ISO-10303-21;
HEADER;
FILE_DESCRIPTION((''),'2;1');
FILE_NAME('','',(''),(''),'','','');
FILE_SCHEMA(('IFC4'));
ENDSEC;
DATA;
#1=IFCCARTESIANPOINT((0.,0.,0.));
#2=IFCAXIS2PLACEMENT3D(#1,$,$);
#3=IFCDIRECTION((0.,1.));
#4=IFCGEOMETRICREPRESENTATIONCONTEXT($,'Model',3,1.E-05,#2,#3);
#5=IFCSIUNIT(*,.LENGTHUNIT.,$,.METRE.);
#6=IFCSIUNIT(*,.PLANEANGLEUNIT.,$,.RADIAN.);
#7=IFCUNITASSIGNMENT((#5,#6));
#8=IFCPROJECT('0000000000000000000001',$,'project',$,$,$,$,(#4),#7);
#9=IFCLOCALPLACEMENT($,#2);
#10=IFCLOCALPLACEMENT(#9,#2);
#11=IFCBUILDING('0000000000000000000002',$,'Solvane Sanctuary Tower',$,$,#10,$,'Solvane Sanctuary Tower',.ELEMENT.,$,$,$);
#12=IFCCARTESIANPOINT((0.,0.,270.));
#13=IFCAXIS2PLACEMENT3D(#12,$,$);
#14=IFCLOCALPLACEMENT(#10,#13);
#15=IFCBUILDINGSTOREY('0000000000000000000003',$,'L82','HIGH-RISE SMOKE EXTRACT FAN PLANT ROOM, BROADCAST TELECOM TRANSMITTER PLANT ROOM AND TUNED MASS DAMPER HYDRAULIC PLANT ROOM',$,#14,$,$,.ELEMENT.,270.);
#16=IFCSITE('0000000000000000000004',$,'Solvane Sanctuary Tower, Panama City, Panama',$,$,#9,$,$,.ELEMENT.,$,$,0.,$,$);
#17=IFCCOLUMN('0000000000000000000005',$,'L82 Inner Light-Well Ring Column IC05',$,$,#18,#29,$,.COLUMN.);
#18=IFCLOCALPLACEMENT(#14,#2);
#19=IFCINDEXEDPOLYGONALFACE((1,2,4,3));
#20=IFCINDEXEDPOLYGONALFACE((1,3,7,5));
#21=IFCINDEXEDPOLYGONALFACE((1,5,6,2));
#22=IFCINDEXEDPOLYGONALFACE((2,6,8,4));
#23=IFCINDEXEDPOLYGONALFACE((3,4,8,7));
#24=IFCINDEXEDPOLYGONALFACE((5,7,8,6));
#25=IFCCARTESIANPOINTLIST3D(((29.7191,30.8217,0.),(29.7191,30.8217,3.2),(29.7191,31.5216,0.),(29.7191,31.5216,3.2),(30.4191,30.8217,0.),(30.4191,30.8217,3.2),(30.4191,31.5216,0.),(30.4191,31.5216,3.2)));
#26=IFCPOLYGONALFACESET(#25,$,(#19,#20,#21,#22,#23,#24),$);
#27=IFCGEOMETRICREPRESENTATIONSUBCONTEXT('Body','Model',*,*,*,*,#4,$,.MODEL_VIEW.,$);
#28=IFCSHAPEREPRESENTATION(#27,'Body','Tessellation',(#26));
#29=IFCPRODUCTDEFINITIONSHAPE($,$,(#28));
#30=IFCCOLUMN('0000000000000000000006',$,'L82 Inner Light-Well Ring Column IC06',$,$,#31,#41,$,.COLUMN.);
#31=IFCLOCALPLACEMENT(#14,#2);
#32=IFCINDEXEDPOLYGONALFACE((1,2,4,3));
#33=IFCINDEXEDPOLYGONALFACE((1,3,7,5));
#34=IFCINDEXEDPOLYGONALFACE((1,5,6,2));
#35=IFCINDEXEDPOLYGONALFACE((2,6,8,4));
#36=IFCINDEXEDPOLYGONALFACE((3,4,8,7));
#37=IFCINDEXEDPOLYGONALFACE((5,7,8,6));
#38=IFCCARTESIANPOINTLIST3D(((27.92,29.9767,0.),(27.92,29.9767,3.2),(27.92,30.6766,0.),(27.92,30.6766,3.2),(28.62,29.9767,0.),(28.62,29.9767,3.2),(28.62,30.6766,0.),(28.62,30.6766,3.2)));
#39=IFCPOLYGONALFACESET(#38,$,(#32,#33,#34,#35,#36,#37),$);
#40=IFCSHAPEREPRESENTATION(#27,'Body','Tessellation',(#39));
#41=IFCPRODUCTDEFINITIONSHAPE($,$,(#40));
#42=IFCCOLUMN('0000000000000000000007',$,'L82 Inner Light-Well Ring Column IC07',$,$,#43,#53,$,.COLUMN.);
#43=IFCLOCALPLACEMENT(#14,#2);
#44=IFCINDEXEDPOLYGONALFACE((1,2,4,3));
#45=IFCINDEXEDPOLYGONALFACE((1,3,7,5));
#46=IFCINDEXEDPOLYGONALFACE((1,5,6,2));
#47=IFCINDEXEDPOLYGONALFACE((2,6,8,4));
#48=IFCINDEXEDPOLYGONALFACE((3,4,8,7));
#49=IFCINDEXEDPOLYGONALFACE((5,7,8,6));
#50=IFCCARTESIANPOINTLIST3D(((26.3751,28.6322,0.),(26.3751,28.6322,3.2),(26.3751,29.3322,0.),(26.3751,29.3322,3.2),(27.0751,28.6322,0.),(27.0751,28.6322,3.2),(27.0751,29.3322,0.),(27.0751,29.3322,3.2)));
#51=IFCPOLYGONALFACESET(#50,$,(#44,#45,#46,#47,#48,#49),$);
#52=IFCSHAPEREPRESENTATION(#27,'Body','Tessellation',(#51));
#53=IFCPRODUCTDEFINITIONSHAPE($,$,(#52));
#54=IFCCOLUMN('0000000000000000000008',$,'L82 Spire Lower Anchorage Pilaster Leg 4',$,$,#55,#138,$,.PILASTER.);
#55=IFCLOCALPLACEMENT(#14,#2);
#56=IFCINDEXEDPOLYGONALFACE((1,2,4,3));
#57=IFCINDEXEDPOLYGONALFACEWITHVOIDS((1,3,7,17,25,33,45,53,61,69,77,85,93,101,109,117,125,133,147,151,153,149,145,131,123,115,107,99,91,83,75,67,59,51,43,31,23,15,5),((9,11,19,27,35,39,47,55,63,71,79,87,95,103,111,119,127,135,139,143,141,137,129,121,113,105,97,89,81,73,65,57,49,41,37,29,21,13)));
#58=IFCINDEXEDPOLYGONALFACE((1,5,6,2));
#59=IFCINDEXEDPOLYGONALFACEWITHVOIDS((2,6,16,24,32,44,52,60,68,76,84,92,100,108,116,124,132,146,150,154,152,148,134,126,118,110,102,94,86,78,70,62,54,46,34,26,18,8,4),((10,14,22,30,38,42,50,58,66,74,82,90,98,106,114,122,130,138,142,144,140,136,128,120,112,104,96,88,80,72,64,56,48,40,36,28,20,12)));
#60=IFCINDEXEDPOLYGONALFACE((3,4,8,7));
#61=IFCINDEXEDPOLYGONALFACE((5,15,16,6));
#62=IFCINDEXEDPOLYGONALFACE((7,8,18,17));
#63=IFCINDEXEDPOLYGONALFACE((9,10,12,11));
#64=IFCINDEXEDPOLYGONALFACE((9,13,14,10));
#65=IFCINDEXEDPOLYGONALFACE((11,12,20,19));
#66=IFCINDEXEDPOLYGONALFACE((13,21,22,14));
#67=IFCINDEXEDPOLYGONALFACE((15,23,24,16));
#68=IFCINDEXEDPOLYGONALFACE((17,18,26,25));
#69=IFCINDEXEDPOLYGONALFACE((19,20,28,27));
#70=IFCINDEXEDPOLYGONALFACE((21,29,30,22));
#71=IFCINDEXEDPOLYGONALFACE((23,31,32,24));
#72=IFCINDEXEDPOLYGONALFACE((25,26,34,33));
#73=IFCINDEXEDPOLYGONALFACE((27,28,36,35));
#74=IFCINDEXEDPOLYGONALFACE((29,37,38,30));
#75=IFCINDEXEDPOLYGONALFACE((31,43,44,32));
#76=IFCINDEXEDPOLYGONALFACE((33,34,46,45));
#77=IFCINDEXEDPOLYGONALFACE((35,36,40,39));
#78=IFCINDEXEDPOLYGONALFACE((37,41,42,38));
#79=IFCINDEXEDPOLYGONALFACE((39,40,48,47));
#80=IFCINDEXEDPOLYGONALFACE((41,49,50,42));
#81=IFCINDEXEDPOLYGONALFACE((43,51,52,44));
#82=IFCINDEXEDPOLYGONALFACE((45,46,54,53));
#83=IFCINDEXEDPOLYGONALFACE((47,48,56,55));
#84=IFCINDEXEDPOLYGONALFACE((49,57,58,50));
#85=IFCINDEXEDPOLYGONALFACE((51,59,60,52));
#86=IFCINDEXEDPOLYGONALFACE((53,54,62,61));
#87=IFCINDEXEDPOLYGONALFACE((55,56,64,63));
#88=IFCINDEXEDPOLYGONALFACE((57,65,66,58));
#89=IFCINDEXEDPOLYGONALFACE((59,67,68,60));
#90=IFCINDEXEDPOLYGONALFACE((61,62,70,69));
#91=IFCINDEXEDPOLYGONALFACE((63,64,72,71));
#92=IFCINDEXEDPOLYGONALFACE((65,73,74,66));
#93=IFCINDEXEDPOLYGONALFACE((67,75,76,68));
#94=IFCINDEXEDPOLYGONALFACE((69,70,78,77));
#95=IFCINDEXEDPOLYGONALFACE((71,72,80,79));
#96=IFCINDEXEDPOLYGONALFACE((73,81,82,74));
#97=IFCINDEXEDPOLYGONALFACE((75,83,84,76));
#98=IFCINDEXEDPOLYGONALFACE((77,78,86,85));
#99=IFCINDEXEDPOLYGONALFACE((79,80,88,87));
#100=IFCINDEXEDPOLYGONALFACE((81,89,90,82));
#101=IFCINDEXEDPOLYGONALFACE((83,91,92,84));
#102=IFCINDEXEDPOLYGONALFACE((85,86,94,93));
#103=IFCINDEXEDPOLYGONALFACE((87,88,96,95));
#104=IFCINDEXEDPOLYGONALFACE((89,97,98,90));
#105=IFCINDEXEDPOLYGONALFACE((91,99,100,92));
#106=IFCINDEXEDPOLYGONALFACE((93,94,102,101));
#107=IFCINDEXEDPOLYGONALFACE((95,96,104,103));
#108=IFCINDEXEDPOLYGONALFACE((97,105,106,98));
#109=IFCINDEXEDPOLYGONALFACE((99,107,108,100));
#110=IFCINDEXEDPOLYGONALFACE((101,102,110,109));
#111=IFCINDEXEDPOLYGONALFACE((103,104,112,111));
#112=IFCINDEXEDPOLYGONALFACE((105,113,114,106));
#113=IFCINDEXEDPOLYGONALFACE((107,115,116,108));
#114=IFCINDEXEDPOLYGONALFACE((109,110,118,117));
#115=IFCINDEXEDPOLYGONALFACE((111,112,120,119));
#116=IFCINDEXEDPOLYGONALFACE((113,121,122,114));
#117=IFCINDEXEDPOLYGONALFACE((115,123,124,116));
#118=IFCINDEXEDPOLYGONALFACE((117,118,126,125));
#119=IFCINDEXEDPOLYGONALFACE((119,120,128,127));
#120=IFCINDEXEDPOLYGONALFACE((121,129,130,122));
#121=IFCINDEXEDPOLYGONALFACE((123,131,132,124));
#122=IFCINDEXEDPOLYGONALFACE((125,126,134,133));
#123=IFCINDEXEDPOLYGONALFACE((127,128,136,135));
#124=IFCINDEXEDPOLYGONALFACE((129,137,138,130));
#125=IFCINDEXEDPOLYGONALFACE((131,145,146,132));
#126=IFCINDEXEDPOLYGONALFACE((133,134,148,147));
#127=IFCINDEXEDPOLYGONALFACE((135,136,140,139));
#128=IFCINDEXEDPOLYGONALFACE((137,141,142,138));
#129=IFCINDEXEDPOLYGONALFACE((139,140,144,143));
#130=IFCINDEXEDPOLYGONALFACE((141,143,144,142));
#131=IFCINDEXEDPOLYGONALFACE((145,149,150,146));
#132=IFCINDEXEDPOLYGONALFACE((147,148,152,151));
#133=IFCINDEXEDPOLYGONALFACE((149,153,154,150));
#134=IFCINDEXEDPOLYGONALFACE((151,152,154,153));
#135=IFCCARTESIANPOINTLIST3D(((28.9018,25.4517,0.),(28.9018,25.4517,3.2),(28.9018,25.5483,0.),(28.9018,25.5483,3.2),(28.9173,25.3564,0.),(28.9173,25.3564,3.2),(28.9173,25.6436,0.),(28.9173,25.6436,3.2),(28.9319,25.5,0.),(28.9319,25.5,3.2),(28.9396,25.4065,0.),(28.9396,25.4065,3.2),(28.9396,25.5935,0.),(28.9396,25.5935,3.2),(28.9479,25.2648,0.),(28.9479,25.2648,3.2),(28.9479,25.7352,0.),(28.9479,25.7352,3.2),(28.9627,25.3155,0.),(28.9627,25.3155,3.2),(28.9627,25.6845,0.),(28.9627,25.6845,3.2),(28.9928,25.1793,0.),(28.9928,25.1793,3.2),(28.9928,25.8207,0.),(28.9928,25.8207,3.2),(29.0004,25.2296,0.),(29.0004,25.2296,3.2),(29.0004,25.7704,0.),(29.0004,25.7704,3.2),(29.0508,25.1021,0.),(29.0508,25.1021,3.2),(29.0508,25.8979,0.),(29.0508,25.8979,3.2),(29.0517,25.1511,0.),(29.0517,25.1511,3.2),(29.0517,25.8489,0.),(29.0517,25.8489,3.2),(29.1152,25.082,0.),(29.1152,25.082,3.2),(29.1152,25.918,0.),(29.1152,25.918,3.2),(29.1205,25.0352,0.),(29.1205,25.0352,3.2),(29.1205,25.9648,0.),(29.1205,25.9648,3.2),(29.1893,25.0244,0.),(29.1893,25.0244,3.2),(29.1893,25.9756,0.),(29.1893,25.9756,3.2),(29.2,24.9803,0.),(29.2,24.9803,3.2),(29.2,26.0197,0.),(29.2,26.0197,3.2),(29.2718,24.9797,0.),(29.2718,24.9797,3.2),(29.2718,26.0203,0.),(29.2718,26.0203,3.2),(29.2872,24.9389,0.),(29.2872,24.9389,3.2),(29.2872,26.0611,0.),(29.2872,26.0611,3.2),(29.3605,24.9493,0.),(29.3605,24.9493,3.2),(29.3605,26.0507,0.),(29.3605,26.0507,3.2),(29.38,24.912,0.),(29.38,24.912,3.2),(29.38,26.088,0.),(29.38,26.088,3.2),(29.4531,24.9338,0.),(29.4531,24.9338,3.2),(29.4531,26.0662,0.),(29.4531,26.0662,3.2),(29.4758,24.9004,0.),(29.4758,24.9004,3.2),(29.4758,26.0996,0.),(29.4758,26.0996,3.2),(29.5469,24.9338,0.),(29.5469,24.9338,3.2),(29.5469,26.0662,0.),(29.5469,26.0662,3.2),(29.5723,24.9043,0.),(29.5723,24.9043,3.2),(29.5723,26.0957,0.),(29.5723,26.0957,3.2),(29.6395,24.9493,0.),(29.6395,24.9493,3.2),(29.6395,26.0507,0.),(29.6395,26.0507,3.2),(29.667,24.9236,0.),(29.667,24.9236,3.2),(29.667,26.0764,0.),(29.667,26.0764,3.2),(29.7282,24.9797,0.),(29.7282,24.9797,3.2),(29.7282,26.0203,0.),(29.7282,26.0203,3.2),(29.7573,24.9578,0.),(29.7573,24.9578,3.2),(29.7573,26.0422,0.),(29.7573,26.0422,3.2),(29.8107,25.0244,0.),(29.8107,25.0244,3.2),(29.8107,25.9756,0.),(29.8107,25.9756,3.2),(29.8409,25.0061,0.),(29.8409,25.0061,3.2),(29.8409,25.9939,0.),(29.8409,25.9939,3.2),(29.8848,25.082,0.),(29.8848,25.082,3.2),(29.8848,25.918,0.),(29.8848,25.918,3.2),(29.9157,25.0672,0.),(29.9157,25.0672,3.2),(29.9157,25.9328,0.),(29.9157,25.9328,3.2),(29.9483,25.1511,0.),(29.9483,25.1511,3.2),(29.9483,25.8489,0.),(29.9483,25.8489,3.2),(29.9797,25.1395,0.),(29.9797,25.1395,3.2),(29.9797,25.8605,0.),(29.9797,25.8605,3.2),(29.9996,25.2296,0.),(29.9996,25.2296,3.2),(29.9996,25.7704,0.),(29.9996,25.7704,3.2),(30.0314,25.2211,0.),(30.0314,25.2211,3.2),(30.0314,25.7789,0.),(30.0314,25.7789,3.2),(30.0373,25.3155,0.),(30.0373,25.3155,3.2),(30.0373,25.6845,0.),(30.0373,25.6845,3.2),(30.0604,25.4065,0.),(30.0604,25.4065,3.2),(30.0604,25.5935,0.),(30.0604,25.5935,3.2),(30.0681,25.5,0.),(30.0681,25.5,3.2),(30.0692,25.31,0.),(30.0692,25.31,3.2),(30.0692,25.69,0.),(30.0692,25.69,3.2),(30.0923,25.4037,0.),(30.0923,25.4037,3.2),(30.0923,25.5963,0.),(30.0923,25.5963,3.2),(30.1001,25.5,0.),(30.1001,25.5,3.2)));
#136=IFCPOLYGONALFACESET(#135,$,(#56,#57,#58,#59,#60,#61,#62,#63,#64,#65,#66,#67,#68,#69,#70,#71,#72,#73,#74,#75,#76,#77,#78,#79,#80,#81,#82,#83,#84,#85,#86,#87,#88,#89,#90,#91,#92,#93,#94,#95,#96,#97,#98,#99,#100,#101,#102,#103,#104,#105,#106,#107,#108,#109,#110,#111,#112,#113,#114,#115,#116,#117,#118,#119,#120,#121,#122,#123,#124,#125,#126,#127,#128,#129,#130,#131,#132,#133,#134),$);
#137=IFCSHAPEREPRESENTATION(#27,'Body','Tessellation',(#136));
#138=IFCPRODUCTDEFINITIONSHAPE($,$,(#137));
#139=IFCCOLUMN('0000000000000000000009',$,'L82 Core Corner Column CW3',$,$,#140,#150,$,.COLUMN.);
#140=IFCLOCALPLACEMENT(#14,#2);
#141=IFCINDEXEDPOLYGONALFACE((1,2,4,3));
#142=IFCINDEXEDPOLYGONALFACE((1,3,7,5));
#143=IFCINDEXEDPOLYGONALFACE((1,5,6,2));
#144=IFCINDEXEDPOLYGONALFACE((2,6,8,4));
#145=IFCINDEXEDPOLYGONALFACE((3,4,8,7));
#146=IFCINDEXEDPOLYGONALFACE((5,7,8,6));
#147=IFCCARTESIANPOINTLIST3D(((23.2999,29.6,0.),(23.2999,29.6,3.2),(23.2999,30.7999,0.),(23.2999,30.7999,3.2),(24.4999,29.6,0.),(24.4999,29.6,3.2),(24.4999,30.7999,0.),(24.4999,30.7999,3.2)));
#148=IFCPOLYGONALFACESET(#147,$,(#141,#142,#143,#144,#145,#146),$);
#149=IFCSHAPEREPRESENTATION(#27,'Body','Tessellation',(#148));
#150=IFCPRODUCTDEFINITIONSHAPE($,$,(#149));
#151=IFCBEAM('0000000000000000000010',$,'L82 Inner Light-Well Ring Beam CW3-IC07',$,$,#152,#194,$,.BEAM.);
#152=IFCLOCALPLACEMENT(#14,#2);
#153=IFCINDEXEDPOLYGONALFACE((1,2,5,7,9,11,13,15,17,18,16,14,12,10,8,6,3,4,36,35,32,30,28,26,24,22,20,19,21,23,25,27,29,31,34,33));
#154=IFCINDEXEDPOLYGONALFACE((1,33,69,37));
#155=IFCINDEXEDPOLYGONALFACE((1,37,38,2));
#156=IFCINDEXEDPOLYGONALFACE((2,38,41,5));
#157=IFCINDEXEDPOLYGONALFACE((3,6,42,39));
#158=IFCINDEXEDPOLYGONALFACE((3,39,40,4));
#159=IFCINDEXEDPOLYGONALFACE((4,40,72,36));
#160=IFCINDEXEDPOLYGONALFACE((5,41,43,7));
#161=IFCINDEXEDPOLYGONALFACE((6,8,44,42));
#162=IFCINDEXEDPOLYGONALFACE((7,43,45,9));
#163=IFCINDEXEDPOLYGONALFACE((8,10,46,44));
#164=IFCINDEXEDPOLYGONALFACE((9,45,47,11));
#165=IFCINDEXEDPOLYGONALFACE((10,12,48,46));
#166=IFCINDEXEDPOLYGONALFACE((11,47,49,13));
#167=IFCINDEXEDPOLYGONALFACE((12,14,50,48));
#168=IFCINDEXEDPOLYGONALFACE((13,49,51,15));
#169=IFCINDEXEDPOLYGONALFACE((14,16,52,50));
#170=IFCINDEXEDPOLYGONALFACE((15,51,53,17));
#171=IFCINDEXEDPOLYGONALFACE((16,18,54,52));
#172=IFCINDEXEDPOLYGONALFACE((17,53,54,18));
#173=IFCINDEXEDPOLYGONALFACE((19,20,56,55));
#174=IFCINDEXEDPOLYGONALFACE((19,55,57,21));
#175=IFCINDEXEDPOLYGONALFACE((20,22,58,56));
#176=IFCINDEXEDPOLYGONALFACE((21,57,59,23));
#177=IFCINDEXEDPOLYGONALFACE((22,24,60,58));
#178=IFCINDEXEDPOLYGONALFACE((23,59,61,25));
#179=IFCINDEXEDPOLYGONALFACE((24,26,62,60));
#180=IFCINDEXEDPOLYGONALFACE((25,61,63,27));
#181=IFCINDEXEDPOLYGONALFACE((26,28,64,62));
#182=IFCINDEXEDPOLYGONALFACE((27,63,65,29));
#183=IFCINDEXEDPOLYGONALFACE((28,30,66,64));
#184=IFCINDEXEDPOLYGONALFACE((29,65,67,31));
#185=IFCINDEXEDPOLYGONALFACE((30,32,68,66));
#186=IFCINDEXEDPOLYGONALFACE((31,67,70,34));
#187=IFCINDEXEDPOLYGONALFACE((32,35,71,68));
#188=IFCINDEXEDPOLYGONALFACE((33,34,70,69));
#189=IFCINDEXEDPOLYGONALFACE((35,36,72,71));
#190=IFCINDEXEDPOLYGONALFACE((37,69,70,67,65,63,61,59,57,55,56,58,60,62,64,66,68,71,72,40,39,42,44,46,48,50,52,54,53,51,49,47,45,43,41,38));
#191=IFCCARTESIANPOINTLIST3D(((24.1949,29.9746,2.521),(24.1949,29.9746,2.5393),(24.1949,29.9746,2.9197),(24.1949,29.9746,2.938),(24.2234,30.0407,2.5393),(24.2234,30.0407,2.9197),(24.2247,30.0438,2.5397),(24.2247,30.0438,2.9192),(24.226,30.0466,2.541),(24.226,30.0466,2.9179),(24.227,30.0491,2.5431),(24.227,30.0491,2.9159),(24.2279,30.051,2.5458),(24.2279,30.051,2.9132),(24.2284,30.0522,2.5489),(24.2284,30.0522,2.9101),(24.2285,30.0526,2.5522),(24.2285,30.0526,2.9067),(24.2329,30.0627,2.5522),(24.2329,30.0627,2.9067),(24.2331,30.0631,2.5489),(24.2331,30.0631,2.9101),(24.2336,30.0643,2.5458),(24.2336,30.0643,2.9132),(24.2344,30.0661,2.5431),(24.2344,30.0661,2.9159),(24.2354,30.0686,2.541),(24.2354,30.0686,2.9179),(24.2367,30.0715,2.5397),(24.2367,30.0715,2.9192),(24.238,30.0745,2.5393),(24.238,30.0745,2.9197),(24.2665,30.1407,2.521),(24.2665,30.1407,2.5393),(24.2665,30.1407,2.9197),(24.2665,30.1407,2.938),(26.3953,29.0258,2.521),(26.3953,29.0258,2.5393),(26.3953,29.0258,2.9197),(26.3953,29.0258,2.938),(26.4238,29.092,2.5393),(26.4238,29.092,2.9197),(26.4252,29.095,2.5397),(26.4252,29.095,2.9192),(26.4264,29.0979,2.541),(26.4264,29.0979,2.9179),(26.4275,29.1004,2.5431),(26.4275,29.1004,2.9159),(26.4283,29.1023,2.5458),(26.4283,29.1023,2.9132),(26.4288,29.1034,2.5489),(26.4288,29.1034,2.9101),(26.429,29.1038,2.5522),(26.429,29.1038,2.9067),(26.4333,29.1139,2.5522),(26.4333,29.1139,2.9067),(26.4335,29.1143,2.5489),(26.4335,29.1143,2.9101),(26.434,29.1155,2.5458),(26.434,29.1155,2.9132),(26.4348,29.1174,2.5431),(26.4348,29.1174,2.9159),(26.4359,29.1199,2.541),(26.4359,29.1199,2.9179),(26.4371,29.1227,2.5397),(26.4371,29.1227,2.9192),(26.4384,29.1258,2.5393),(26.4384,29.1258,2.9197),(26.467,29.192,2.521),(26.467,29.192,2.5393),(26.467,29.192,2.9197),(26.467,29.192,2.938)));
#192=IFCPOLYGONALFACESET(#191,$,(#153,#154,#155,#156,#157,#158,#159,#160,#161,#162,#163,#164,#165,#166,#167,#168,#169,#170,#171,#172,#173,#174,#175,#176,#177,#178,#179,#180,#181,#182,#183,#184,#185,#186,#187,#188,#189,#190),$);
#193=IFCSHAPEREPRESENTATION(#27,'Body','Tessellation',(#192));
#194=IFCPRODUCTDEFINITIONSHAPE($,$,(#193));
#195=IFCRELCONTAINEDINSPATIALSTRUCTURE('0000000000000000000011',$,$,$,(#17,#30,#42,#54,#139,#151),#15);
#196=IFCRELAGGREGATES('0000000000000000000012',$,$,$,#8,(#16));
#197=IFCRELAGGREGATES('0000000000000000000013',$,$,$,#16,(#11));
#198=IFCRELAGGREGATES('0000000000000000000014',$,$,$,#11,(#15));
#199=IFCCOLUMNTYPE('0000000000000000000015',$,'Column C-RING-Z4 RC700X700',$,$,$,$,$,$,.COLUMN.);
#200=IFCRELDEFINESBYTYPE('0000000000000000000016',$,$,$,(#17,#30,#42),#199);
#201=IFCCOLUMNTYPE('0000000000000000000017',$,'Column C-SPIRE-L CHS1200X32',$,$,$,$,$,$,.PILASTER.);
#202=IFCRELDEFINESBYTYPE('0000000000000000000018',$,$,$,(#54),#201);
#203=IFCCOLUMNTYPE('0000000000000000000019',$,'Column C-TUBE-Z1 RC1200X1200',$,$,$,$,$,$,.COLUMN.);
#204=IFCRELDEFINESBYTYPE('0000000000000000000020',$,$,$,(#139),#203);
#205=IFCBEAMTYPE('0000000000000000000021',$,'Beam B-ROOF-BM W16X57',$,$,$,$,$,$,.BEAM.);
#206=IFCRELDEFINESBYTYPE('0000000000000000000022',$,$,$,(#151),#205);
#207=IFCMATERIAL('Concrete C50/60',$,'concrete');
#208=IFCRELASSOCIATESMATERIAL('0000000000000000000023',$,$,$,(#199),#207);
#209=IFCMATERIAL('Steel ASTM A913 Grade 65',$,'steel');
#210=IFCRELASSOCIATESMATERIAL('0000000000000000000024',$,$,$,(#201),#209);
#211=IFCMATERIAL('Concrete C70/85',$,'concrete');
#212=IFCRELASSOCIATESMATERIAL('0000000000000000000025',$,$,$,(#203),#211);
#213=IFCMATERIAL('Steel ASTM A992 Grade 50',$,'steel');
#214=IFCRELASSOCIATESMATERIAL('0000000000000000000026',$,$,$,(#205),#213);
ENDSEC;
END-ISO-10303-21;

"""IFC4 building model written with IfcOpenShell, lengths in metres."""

from ifc_helpers import new_model, si_unit, direction, frame, origin, origin_2d, place, context, subcontext, project, spatial, rectangle, hollow_circle, i_section, extrude, material, material_profile, profile_set, type_object, element, save


model = new_model("IFC4")

# Units and contexts
model_context = context("Model", 3, precision=1e-05, world=origin(), true_north=direction((0.0, 1.0)))
body_context = subcontext(model_context, "Body", "Model", "MODEL_VIEW")
ifc_project = project(units=[si_unit("LENGTHUNIT", "METRE"), si_unit("PLANEANGLEUNIT", "RADIAN")], contexts=[model_context])

# Site, building, storey
site_placement = place(None, origin())
site = spatial("IfcSite", under=ifc_project, at=site_placement, Name="Solvane Sanctuary Tower, Panama City, Panama", CompositionType="ELEMENT", RefElevation=0.0)
building_placement = place(site_placement, origin())
building = spatial("IfcBuilding", under=site, at=building_placement, Name="Solvane Sanctuary Tower", LongName="Solvane Sanctuary Tower", CompositionType="ELEMENT")
storey_placement = place(building_placement, frame((0.0, 0.0, 270.0)))
storey = spatial("IfcBuildingStorey", under=building, at=storey_placement, Name="L82", Description="HIGH-RISE SMOKE EXTRACT FAN PLANT ROOM, BROADCAST TELECOM TRANSMITTER PLANT ROOM AND TUNED MASS DAMPER HYDRAULIC PLANT ROOM", CompositionType="ELEMENT", Elevation=270.0)

# Columns
ifc_material_1 = material(Name="Concrete C50/60", Category="concrete")
ifc_material_profile_1 = material_profile(ifc_material_1, rectangle(XDim=0.7, YDim=0.7, at=origin_2d()), Name="RC700X700")
ifc_profile_set_1 = profile_set([ifc_material_profile_1], Name="Concrete C50/60")
column_type_1 = type_object("IfcColumnType", Name="Column C-RING-Z4 RC700X700", PredefinedType="COLUMN", material=ifc_profile_set_1)
for number, where, z_axis, x_axis, name in (
    (1, (30.0691, 31.1716, 0.0), (0.0, 0.0, 1.0), (1.0, 0.0, 0.0), "L82 Inner Light-Well Ring Column IC05"),
    (2, (28.27, 30.3267, 0.0), (0.0, 0.0, 1.0), (1.0, 0.0, 0.0), "L82 Inner Light-Well Ring Column IC06"),
    (3, (26.7251, 28.9822, 0.0), (0.0, 0.0, 1.0), (1.0, 0.0, 0.0), "L82 Inner Light-Well Ring Column IC07"),
):
    element("IfcColumn", number, at=place(storey_placement, frame(where, z_axis=z_axis, x_axis=x_axis)), inside=storey, type_object=column_type_1, Name=name, PredefinedType="COLUMN", context=body_context, shape_type="SweptSolid", body=[
        extrude(rectangle(XDim=0.7, YDim=0.7, at=origin_2d()), origin(), (0.0, 0.0, 1.0), 3.2),
    ])
ifc_material_2 = material(Name="Steel ASTM A913 Grade 65", Category="steel")
ifc_material_profile_2 = material_profile(ifc_material_2, hollow_circle(Radius=0.6001, WallThickness=0.032, at=origin_2d()), Name="CHS1200X32")
ifc_profile_set_2 = profile_set([ifc_material_profile_2], Name="Steel ASTM A913 Grade 65")
column_type_2 = type_object("IfcColumnType", Name="Column C-SPIRE-L CHS1200X32", PredefinedType="PILASTER", material=ifc_profile_set_2)
column_1_placement = place(storey_placement, frame((29.5, 25.5, 0.0), z_axis=(0.0, 0.0, 1.0), x_axis=(1.0, 0.0, 0.0)))
element("IfcColumn", 4, at=column_1_placement, inside=storey, type_object=column_type_2, Name="L82 Spire Lower Anchorage Pilaster Leg 4", PredefinedType="PILASTER", context=body_context, shape_type="SweptSolid", body=[
    extrude(hollow_circle(Radius=0.6001, WallThickness=0.032, at=origin_2d()), origin(), (0.0, 0.0, 1.0), 3.2),
])
ifc_material_3 = material(Name="Concrete C70/85", Category="concrete")
ifc_material_profile_3 = material_profile(ifc_material_3, rectangle(XDim=1.2, YDim=1.2, at=origin_2d()), Name="RC1200X1200")
ifc_profile_set_3 = profile_set([ifc_material_profile_3], Name="Concrete C70/85")
column_type_3 = type_object("IfcColumnType", Name="Column C-TUBE-Z1 RC1200X1200", PredefinedType="COLUMN", material=ifc_profile_set_3)
column_2_placement = place(storey_placement, frame((23.8999, 30.2, 0.0), z_axis=(0.0, 0.0, 1.0), x_axis=(1.0, 0.0, 0.0)))
element("IfcColumn", 5, at=column_2_placement, inside=storey, type_object=column_type_3, Name="L82 Core Corner Column CW3", PredefinedType="COLUMN", context=body_context, shape_type="SweptSolid", body=[
    extrude(rectangle(XDim=1.2, YDim=1.2, at=origin_2d()), origin(), (0.0, 0.0, 1.0), 3.2),
])

# Beam
ifc_material_4 = material(Name="Steel ASTM A992 Grade 50", Category="steel")
ifc_material_profile_4 = material_profile(ifc_material_4, i_section(OverallWidth=0.1809, OverallDepth=0.417, WebThickness=0.011, FlangeThickness=0.0183, FilletRadius=0.0129, at=origin_2d()), Name="W16X57")
ifc_profile_set_4 = profile_set([ifc_material_profile_4], Name="Steel ASTM A992 Grade 50")
beam_type_1 = type_object("IfcBeamType", Name="Beam B-ROOF-BM W16X57", PredefinedType="BEAM", material=ifc_profile_set_4)
beam_1_placement = place(storey_placement, frame((24.2307, 30.0576, 2.7295), z_axis=(0.918284, -0.395923, 0.0), x_axis=(0.395923, 0.918284, 0.0)))
element("IfcBeam", 6, at=beam_1_placement, inside=storey, type_object=beam_type_1, Name="L82 Inner Light-Well Ring Beam CW3-IC07", PredefinedType="BEAM", context=body_context, shape_type="SweptSolid", body=[
    extrude(i_section(OverallWidth=0.1809, OverallDepth=0.417, WebThickness=0.011, FlangeThickness=0.0183, FilletRadius=0.0129, at=origin_2d()), origin(), (0.0, 0.0, 1.0), 2.3962),
])

save(model, "model.ifc")
